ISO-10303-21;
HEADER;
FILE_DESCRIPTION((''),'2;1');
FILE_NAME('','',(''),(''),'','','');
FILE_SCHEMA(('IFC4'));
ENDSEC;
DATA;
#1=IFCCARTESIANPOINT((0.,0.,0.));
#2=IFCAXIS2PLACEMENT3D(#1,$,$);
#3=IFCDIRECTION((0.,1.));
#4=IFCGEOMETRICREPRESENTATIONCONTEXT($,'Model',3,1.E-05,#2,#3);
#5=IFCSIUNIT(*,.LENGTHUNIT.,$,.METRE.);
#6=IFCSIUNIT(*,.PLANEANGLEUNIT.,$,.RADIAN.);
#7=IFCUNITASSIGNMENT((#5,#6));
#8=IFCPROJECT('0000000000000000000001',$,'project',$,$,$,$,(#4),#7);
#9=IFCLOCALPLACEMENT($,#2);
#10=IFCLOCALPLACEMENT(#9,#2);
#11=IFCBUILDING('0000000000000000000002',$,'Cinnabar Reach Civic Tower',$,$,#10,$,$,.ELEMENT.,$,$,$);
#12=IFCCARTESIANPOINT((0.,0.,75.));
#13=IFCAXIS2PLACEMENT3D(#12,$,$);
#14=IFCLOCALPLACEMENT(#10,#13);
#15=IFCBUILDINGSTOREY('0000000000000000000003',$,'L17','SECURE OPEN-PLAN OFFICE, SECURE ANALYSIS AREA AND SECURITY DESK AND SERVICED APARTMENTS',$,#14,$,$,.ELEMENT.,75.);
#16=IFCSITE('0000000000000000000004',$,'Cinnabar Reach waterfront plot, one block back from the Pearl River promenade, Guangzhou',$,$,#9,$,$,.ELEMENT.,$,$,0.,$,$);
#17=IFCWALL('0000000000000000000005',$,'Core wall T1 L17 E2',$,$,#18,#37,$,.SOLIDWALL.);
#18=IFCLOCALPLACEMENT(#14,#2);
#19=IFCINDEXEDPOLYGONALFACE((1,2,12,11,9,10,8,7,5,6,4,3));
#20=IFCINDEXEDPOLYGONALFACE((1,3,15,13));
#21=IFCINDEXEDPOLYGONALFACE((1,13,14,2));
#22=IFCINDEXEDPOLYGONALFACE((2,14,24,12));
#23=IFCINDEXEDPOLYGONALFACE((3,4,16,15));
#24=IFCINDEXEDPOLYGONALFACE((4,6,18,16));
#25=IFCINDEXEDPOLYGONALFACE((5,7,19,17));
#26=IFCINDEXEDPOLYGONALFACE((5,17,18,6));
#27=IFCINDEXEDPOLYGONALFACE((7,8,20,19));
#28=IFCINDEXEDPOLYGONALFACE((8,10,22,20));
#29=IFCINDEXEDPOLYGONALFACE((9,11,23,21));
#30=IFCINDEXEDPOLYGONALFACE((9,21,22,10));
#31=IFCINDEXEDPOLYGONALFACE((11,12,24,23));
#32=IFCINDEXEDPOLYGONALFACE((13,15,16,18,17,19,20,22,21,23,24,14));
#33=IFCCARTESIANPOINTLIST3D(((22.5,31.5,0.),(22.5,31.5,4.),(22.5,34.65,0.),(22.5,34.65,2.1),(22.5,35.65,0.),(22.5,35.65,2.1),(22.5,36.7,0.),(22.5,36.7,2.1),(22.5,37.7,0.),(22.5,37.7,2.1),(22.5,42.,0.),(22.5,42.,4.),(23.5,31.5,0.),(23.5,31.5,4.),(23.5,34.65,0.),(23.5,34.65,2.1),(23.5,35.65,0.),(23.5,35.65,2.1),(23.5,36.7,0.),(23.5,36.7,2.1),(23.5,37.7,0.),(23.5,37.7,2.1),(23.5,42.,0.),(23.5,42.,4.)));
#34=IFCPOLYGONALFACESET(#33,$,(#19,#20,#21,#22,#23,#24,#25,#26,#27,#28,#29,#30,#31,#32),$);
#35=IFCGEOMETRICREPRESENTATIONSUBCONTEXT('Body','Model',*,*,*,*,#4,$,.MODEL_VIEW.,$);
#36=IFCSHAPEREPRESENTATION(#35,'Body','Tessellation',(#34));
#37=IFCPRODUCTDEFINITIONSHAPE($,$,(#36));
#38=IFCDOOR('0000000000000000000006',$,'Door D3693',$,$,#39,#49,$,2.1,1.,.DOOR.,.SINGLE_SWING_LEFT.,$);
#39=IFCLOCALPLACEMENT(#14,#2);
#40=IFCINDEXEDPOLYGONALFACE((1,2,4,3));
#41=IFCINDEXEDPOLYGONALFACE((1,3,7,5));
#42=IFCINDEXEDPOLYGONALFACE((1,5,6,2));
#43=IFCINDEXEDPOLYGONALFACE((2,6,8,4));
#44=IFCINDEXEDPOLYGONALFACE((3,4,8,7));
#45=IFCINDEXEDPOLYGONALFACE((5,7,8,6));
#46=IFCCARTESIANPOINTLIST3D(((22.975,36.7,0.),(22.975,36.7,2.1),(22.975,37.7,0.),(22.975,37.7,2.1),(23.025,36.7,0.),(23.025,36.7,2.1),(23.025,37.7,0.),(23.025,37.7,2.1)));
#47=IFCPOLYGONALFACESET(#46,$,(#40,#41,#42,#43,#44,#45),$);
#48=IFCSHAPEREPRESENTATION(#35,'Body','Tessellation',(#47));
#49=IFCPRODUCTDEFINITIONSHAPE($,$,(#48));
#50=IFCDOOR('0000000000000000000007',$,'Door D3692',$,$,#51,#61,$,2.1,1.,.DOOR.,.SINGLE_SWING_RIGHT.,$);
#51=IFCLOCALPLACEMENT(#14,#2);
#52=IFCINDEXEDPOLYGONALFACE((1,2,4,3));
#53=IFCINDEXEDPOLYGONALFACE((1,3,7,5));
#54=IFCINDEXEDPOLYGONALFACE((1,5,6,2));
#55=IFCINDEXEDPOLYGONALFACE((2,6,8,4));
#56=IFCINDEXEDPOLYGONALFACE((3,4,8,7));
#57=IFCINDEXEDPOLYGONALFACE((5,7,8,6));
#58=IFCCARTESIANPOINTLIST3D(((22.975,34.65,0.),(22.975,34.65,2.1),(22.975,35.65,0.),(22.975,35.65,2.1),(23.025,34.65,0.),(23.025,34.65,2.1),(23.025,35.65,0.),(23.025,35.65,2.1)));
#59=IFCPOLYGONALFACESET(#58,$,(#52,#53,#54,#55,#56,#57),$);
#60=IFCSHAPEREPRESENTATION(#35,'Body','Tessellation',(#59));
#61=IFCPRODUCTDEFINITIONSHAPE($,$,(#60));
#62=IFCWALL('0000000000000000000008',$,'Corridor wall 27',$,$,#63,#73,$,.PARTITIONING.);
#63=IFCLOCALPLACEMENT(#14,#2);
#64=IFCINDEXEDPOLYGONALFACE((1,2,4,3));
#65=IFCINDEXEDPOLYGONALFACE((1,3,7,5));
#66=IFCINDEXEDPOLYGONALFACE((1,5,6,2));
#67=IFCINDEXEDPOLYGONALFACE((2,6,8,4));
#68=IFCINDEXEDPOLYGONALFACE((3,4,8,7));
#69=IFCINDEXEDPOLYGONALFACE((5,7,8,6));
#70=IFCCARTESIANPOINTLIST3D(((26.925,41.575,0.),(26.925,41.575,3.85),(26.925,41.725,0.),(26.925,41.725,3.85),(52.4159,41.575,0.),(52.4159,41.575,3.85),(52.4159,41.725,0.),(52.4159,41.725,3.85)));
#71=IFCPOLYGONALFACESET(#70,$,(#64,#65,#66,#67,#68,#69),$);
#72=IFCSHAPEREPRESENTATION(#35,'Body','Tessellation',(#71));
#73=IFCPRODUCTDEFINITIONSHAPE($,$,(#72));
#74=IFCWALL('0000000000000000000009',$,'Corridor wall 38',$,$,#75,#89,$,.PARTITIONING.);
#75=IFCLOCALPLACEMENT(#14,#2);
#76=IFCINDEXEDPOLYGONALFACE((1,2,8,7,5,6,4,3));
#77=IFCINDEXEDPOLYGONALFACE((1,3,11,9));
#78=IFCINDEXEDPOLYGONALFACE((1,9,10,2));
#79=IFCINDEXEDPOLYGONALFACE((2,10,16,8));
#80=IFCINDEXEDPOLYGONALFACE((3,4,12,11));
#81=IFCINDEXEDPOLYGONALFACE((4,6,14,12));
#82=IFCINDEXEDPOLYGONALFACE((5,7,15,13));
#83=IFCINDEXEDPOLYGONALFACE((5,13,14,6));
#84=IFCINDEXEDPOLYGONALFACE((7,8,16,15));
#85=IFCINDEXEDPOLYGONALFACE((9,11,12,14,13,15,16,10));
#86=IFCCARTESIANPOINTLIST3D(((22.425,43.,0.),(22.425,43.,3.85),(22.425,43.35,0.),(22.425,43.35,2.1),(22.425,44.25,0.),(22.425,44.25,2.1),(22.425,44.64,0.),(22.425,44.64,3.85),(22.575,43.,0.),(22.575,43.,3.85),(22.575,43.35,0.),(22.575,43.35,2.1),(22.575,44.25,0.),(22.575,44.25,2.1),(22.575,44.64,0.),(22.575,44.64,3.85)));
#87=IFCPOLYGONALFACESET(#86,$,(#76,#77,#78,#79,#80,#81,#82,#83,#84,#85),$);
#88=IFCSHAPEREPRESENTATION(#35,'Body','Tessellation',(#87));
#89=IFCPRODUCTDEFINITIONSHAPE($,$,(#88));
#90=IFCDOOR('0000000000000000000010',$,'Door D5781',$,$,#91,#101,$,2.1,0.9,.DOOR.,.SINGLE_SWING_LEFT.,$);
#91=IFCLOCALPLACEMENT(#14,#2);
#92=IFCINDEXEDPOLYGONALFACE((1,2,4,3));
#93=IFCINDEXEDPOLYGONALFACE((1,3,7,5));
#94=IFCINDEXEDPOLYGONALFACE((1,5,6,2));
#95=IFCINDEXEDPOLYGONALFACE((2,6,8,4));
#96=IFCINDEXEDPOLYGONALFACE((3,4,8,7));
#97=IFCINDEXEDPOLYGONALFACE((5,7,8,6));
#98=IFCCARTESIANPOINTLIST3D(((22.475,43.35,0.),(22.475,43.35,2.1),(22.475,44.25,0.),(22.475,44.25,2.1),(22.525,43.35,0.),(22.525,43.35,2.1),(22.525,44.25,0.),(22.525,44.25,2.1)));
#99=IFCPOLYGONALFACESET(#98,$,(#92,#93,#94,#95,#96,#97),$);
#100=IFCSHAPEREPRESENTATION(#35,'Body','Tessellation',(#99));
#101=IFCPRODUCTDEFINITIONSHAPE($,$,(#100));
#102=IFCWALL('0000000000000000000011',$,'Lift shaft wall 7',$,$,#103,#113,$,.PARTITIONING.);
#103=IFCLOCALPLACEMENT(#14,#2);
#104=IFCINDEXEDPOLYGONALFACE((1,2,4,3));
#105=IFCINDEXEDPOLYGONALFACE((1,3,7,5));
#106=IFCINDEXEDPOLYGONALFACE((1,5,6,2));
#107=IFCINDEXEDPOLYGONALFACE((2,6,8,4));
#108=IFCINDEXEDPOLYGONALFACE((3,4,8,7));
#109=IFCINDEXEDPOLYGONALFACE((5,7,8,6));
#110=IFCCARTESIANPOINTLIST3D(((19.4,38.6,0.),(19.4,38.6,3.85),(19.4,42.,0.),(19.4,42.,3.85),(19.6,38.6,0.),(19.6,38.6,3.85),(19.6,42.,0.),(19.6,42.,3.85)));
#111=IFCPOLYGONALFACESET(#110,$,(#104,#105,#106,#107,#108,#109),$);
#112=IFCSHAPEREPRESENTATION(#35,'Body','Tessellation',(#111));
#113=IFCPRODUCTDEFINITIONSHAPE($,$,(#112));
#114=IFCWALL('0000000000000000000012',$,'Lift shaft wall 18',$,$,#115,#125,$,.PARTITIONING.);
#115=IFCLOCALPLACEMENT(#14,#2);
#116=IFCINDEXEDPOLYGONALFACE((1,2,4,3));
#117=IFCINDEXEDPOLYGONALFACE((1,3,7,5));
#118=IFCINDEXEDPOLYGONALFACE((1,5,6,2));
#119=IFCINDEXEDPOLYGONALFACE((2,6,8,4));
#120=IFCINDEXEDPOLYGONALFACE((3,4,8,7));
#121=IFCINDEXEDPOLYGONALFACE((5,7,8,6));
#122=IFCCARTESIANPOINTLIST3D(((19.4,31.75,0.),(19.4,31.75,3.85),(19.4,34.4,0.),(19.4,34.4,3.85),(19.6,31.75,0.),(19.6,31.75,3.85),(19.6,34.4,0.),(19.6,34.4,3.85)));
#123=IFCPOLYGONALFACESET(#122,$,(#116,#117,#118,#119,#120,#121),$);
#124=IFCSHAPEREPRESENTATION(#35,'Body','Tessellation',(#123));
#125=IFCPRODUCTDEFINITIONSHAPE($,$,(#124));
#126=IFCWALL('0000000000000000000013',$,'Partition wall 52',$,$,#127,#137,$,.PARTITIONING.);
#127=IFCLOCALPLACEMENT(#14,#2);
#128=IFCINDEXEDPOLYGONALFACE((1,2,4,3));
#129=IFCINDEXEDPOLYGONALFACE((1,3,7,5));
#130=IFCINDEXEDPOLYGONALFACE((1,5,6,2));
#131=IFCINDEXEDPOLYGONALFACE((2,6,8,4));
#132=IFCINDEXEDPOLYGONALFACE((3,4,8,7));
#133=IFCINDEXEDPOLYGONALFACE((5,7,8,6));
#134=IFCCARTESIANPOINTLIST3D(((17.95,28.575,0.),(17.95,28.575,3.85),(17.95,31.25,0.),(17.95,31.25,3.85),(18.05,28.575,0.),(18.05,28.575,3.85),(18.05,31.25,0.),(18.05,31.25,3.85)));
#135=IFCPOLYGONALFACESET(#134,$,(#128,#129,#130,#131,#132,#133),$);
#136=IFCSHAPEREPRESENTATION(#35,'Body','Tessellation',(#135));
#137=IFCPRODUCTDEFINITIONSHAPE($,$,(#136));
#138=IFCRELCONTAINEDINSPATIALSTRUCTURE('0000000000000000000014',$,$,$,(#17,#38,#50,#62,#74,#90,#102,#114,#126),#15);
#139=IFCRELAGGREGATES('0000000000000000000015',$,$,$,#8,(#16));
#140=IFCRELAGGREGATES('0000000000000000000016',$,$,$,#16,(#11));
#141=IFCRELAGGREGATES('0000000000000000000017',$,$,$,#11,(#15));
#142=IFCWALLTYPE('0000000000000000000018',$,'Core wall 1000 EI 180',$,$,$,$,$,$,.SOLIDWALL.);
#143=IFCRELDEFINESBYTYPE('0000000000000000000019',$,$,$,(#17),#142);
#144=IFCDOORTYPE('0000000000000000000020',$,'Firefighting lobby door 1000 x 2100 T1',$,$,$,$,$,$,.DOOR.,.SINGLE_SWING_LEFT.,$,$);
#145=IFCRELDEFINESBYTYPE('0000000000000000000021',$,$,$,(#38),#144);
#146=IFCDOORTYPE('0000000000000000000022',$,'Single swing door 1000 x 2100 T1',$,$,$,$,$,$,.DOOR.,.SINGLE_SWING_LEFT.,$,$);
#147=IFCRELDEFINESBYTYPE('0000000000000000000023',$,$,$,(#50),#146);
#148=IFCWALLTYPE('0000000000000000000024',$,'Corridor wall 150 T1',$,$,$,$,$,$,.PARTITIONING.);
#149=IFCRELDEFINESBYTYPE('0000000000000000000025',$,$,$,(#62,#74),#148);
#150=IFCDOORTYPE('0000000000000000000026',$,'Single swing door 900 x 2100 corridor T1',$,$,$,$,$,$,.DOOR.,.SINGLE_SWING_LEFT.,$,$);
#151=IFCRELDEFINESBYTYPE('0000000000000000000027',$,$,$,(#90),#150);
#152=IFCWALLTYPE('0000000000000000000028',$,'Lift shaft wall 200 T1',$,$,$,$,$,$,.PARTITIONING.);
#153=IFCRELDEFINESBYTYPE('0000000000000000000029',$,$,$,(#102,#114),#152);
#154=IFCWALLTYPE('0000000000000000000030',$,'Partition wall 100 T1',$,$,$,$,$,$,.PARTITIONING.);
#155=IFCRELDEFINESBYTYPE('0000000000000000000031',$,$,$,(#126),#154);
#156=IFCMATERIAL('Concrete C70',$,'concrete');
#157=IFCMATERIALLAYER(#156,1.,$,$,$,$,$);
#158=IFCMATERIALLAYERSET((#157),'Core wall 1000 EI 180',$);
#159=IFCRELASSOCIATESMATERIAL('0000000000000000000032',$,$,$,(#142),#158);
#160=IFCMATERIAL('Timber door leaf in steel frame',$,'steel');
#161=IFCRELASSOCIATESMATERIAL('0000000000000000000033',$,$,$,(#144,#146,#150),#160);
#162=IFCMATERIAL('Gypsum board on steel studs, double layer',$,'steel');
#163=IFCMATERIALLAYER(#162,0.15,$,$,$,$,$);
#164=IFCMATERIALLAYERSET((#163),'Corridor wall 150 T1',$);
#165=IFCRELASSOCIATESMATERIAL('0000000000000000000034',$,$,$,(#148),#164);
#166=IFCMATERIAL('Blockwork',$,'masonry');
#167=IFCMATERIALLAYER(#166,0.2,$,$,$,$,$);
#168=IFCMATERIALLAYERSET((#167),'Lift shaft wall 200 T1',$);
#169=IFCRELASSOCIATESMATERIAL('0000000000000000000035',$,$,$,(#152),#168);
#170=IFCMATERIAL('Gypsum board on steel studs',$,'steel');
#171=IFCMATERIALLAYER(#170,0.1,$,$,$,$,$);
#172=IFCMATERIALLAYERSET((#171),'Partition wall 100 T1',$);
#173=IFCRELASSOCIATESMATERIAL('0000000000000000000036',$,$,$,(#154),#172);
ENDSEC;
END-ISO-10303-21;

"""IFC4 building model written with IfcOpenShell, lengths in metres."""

from ifc_helpers import new_model, si_unit, direction, frame, frame_2d, origin, place, context, subcontext, project, spatial, rectangle, extrude, material, layer, layer_set, type_object, element, fill, save


model = new_model("IFC4")

# Units and contexts
model_context = context("Model", 3, precision=1e-05, world=origin(), true_north=direction((0.0, 1.0)))
body_context = subcontext(model_context, "Body", "Model", "MODEL_VIEW")
ifc_project = project(units=[si_unit("LENGTHUNIT", "METRE"), si_unit("PLANEANGLEUNIT", "RADIAN")], contexts=[model_context])

# Site, building, storey
site_placement = place(None, origin())
site = spatial("IfcSite", under=ifc_project, at=site_placement, Name="Cinnabar Reach waterfront plot, one block back from the Pearl River promenade, Guangzhou", CompositionType="ELEMENT", RefElevation=0.0)
building_placement = place(site_placement, origin())
building = spatial("IfcBuilding", under=site, at=building_placement, Name="Cinnabar Reach Civic Tower", CompositionType="ELEMENT")
storey_placement = place(building_placement, frame((0.0, 0.0, 75.0)))
storey = spatial("IfcBuildingStorey", under=building, at=storey_placement, Name="L17", Description="SECURE OPEN-PLAN OFFICE, SECURE ANALYSIS AREA AND SECURITY DESK AND SERVICED APARTMENTS", CompositionType="ELEMENT", Elevation=75.0)

# Shared definitions
ifc_material_1 = material(Name="Concrete C70", Category="concrete")

# Shared definitions
ifc_layer_1 = layer(ifc_material_1, 1.0)
ifc_layer_set_1 = layer_set([ifc_layer_1], Name="Core wall 1000 EI 180")
wall_type_1 = type_object("IfcWallType", Name="Core wall 1000 EI 180", PredefinedType="SOLIDWALL", material=ifc_layer_set_1)

# Wall, openings, doors
wall_1_placement = place(storey_placement, frame((23.0, 31.5, 0.0), z_axis=(0.0, 0.0, 1.0), x_axis=(0.0, 1.0, 0.0)))
wall_1 = element("IfcWall", 1, at=wall_1_placement, inside=storey, type_object=wall_type_1, Name="Core wall T1 L17 E2", PredefinedType="SOLIDWALL", context=body_context, shape_type="SweptSolid", body=[
    extrude(rectangle(XDim=10.5, YDim=1.0, at=frame_2d((5.25, 0.0))), origin(), (0.0, 0.0, 1.0), 4.0),
])
opening_1_placement = place(wall_1_placement, frame((3.15, 0.0, 0.0)))
opening_1 = element("IfcOpeningElement", 2, at=opening_1_placement, cuts=wall_1, PredefinedType="OPENING", context=body_context, shape_type="SweptSolid", body=[
    extrude(rectangle(XDim=1.0, YDim=2.1, at=frame_2d((0.5, 1.05))), frame((0.0, 0.51, 0.0), z_axis=(0.0, -1.0, 0.0), x_axis=(1.0, 0.0, 0.0)), (0.0, 0.0, 1.0), 1.02),
])
opening_2_placement = place(wall_1_placement, frame((5.2, 0.0, 0.0)))
opening_2 = element("IfcOpeningElement", 3, at=opening_2_placement, cuts=wall_1, PredefinedType="OPENING", context=body_context, shape_type="SweptSolid", body=[
    extrude(rectangle(XDim=1.0, YDim=2.1, at=frame_2d((0.5, 1.05))), frame((0.0, 0.51, 0.0), z_axis=(0.0, -1.0, 0.0), x_axis=(1.0, 0.0, 0.0)), (0.0, 0.0, 1.0), 1.02),
])
ifc_material_2 = material(Name="Timber door leaf in steel frame", Category="steel")
door_type_1 = type_object("IfcDoorType", Name="Firefighting lobby door 1000 x 2100 T1", OperationType="SINGLE_SWING_LEFT", PredefinedType="DOOR", material=ifc_material_2)
door_1_placement = place(opening_2_placement, origin())
door_1 = element("IfcDoor", 4, at=door_1_placement, inside=storey, type_object=door_type_1, Name="Door D3693", OperationType="SINGLE_SWING_LEFT", OverallHeight=2.1, OverallWidth=1.0, PredefinedType="DOOR", context=body_context, shape_type="SweptSolid", body=[
    extrude(rectangle(XDim=1.0, YDim=2.1, at=frame_2d((0.5, 1.05))), frame((0.0, 0.025, 0.0), z_axis=(0.0, -1.0, 0.0), x_axis=(1.0, 0.0, 0.0)), (0.0, 0.0, 1.0), 0.05),
])
fill(opening_2, door_1)
door_type_2 = type_object("IfcDoorType", Name="Single swing door 1000 x 2100 T1", OperationType="SINGLE_SWING_LEFT", PredefinedType="DOOR", material=ifc_material_2)
door_2_placement = place(opening_1_placement, origin())
door_2 = element("IfcDoor", 5, at=door_2_placement, inside=storey, type_object=door_type_2, Name="Door D3692", OperationType="SINGLE_SWING_RIGHT", OverallHeight=2.1, OverallWidth=1.0, PredefinedType="DOOR", context=body_context, shape_type="SweptSolid", body=[
    extrude(rectangle(XDim=1.0, YDim=2.1, at=frame_2d((0.5, 1.05))), frame((0.0, 0.025, 0.0), z_axis=(0.0, -1.0, 0.0), x_axis=(1.0, 0.0, 0.0)), (0.0, 0.0, 1.0), 0.05),
])
fill(opening_1, door_2)

# Wall
ifc_material_3 = material(Name="Gypsum board on steel studs, double layer", Category="steel")
ifc_layer_2 = layer(ifc_material_3, 0.15)
ifc_layer_set_2 = layer_set([ifc_layer_2], Name="Corridor wall 150 T1")
wall_type_2 = type_object("IfcWallType", Name="Corridor wall 150 T1", PredefinedType="PARTITIONING", material=ifc_layer_set_2)
wall_2_placement = place(storey_placement, frame((26.925, 41.65, 0.0), z_axis=(0.0, 0.0, 1.0), x_axis=(1.0, 0.0, 0.0)))
element("IfcWall", 6, at=wall_2_placement, inside=storey, type_object=wall_type_2, Name="Corridor wall 27", PredefinedType="PARTITIONING", context=body_context, shape_type="SweptSolid", body=[
    extrude(rectangle(XDim=25.4909, YDim=0.15, at=frame_2d((12.7454, 0.0))), origin(), (0.0, 0.0, 1.0), 3.85),
])

# Wall, opening, door
wall_3_placement = place(storey_placement, frame((22.5, 43.0, 0.0), z_axis=(0.0, 0.0, 1.0), x_axis=(0.0, 1.0, 0.0)))
wall_3 = element("IfcWall", 7, at=wall_3_placement, inside=storey, type_object=wall_type_2, Name="Corridor wall 38", PredefinedType="PARTITIONING", context=body_context, shape_type="SweptSolid", body=[
    extrude(rectangle(XDim=1.64, YDim=0.15, at=frame_2d((0.82, 0.0))), origin(), (0.0, 0.0, 1.0), 3.85),
])
opening_3_placement = place(wall_3_placement, frame((0.35, 0.0, 0.0)))
opening_3 = element("IfcOpeningElement", 8, at=opening_3_placement, cuts=wall_3, PredefinedType="OPENING", context=body_context, shape_type="SweptSolid", body=[
    extrude(rectangle(XDim=0.9, YDim=2.1, at=frame_2d((0.45, 1.05))), frame((0.0, 0.085, 0.0), z_axis=(0.0, -1.0, 0.0), x_axis=(1.0, 0.0, 0.0)), (0.0, 0.0, 1.0), 0.17),
])
door_type_3 = type_object("IfcDoorType", Name="Single swing door 900 x 2100 corridor T1", OperationType="SINGLE_SWING_LEFT", PredefinedType="DOOR", material=ifc_material_2)
door_3_placement = place(opening_3_placement, origin())
door_3 = element("IfcDoor", 9, at=door_3_placement, inside=storey, type_object=door_type_3, Name="Door D5781", OperationType="SINGLE_SWING_LEFT", OverallHeight=2.1, OverallWidth=0.9, PredefinedType="DOOR", context=body_context, shape_type="SweptSolid", body=[
    extrude(rectangle(XDim=0.9, YDim=2.1, at=frame_2d((0.45, 1.05))), frame((0.0, 0.025, 0.0), z_axis=(0.0, -1.0, 0.0), x_axis=(1.0, 0.0, 0.0)), (0.0, 0.0, 1.0), 0.05),
])
fill(opening_3, door_3)

# Walls
ifc_material_4 = material(Name="Blockwork", Category="masonry")
ifc_layer_3 = layer(ifc_material_4, 0.2)
ifc_layer_set_3 = layer_set([ifc_layer_3], Name="Lift shaft wall 200 T1")
wall_type_3 = type_object("IfcWallType", Name="Lift shaft wall 200 T1", PredefinedType="PARTITIONING", material=ifc_layer_set_3)
wall_4_placement = place(storey_placement, frame((19.5, 38.6, 0.0), z_axis=(0.0, 0.0, 1.0), x_axis=(0.0, 1.0, 0.0)))
element("IfcWall", 10, at=wall_4_placement, inside=storey, type_object=wall_type_3, Name="Lift shaft wall 7", PredefinedType="PARTITIONING", context=body_context, shape_type="SweptSolid", body=[
    extrude(rectangle(XDim=3.4, YDim=0.2, at=frame_2d((1.7, 0.0))), origin(), (0.0, 0.0, 1.0), 3.85),
])
wall_5_placement = place(storey_placement, frame((19.5, 31.75, 0.0), z_axis=(0.0, 0.0, 1.0), x_axis=(0.0, 1.0, 0.0)))
element("IfcWall", 11, at=wall_5_placement, inside=storey, type_object=wall_type_3, Name="Lift shaft wall 18", PredefinedType="PARTITIONING", context=body_context, shape_type="SweptSolid", body=[
    extrude(rectangle(XDim=2.65, YDim=0.2, at=frame_2d((1.325, 0.0))), origin(), (0.0, 0.0, 1.0), 3.85),
])
ifc_material_5 = material(Name="Gypsum board on steel studs", Category="steel")
ifc_layer_4 = layer(ifc_material_5, 0.1)
ifc_layer_set_4 = layer_set([ifc_layer_4], Name="Partition wall 100 T1")
wall_type_4 = type_object("IfcWallType", Name="Partition wall 100 T1", PredefinedType="PARTITIONING", material=ifc_layer_set_4)
wall_6_placement = place(storey_placement, frame((18.0, 28.575, 0.0), z_axis=(0.0, 0.0, 1.0), x_axis=(0.0, 1.0, 0.0)))
element("IfcWall", 12, at=wall_6_placement, inside=storey, type_object=wall_type_4, Name="Partition wall 52", PredefinedType="PARTITIONING", context=body_context, shape_type="SweptSolid", body=[
    extrude(rectangle(XDim=2.675, YDim=0.1, at=frame_2d((1.3375, 0.0))), origin(), (0.0, 0.0, 1.0), 3.85),
])

save(model, "model.ifc")
